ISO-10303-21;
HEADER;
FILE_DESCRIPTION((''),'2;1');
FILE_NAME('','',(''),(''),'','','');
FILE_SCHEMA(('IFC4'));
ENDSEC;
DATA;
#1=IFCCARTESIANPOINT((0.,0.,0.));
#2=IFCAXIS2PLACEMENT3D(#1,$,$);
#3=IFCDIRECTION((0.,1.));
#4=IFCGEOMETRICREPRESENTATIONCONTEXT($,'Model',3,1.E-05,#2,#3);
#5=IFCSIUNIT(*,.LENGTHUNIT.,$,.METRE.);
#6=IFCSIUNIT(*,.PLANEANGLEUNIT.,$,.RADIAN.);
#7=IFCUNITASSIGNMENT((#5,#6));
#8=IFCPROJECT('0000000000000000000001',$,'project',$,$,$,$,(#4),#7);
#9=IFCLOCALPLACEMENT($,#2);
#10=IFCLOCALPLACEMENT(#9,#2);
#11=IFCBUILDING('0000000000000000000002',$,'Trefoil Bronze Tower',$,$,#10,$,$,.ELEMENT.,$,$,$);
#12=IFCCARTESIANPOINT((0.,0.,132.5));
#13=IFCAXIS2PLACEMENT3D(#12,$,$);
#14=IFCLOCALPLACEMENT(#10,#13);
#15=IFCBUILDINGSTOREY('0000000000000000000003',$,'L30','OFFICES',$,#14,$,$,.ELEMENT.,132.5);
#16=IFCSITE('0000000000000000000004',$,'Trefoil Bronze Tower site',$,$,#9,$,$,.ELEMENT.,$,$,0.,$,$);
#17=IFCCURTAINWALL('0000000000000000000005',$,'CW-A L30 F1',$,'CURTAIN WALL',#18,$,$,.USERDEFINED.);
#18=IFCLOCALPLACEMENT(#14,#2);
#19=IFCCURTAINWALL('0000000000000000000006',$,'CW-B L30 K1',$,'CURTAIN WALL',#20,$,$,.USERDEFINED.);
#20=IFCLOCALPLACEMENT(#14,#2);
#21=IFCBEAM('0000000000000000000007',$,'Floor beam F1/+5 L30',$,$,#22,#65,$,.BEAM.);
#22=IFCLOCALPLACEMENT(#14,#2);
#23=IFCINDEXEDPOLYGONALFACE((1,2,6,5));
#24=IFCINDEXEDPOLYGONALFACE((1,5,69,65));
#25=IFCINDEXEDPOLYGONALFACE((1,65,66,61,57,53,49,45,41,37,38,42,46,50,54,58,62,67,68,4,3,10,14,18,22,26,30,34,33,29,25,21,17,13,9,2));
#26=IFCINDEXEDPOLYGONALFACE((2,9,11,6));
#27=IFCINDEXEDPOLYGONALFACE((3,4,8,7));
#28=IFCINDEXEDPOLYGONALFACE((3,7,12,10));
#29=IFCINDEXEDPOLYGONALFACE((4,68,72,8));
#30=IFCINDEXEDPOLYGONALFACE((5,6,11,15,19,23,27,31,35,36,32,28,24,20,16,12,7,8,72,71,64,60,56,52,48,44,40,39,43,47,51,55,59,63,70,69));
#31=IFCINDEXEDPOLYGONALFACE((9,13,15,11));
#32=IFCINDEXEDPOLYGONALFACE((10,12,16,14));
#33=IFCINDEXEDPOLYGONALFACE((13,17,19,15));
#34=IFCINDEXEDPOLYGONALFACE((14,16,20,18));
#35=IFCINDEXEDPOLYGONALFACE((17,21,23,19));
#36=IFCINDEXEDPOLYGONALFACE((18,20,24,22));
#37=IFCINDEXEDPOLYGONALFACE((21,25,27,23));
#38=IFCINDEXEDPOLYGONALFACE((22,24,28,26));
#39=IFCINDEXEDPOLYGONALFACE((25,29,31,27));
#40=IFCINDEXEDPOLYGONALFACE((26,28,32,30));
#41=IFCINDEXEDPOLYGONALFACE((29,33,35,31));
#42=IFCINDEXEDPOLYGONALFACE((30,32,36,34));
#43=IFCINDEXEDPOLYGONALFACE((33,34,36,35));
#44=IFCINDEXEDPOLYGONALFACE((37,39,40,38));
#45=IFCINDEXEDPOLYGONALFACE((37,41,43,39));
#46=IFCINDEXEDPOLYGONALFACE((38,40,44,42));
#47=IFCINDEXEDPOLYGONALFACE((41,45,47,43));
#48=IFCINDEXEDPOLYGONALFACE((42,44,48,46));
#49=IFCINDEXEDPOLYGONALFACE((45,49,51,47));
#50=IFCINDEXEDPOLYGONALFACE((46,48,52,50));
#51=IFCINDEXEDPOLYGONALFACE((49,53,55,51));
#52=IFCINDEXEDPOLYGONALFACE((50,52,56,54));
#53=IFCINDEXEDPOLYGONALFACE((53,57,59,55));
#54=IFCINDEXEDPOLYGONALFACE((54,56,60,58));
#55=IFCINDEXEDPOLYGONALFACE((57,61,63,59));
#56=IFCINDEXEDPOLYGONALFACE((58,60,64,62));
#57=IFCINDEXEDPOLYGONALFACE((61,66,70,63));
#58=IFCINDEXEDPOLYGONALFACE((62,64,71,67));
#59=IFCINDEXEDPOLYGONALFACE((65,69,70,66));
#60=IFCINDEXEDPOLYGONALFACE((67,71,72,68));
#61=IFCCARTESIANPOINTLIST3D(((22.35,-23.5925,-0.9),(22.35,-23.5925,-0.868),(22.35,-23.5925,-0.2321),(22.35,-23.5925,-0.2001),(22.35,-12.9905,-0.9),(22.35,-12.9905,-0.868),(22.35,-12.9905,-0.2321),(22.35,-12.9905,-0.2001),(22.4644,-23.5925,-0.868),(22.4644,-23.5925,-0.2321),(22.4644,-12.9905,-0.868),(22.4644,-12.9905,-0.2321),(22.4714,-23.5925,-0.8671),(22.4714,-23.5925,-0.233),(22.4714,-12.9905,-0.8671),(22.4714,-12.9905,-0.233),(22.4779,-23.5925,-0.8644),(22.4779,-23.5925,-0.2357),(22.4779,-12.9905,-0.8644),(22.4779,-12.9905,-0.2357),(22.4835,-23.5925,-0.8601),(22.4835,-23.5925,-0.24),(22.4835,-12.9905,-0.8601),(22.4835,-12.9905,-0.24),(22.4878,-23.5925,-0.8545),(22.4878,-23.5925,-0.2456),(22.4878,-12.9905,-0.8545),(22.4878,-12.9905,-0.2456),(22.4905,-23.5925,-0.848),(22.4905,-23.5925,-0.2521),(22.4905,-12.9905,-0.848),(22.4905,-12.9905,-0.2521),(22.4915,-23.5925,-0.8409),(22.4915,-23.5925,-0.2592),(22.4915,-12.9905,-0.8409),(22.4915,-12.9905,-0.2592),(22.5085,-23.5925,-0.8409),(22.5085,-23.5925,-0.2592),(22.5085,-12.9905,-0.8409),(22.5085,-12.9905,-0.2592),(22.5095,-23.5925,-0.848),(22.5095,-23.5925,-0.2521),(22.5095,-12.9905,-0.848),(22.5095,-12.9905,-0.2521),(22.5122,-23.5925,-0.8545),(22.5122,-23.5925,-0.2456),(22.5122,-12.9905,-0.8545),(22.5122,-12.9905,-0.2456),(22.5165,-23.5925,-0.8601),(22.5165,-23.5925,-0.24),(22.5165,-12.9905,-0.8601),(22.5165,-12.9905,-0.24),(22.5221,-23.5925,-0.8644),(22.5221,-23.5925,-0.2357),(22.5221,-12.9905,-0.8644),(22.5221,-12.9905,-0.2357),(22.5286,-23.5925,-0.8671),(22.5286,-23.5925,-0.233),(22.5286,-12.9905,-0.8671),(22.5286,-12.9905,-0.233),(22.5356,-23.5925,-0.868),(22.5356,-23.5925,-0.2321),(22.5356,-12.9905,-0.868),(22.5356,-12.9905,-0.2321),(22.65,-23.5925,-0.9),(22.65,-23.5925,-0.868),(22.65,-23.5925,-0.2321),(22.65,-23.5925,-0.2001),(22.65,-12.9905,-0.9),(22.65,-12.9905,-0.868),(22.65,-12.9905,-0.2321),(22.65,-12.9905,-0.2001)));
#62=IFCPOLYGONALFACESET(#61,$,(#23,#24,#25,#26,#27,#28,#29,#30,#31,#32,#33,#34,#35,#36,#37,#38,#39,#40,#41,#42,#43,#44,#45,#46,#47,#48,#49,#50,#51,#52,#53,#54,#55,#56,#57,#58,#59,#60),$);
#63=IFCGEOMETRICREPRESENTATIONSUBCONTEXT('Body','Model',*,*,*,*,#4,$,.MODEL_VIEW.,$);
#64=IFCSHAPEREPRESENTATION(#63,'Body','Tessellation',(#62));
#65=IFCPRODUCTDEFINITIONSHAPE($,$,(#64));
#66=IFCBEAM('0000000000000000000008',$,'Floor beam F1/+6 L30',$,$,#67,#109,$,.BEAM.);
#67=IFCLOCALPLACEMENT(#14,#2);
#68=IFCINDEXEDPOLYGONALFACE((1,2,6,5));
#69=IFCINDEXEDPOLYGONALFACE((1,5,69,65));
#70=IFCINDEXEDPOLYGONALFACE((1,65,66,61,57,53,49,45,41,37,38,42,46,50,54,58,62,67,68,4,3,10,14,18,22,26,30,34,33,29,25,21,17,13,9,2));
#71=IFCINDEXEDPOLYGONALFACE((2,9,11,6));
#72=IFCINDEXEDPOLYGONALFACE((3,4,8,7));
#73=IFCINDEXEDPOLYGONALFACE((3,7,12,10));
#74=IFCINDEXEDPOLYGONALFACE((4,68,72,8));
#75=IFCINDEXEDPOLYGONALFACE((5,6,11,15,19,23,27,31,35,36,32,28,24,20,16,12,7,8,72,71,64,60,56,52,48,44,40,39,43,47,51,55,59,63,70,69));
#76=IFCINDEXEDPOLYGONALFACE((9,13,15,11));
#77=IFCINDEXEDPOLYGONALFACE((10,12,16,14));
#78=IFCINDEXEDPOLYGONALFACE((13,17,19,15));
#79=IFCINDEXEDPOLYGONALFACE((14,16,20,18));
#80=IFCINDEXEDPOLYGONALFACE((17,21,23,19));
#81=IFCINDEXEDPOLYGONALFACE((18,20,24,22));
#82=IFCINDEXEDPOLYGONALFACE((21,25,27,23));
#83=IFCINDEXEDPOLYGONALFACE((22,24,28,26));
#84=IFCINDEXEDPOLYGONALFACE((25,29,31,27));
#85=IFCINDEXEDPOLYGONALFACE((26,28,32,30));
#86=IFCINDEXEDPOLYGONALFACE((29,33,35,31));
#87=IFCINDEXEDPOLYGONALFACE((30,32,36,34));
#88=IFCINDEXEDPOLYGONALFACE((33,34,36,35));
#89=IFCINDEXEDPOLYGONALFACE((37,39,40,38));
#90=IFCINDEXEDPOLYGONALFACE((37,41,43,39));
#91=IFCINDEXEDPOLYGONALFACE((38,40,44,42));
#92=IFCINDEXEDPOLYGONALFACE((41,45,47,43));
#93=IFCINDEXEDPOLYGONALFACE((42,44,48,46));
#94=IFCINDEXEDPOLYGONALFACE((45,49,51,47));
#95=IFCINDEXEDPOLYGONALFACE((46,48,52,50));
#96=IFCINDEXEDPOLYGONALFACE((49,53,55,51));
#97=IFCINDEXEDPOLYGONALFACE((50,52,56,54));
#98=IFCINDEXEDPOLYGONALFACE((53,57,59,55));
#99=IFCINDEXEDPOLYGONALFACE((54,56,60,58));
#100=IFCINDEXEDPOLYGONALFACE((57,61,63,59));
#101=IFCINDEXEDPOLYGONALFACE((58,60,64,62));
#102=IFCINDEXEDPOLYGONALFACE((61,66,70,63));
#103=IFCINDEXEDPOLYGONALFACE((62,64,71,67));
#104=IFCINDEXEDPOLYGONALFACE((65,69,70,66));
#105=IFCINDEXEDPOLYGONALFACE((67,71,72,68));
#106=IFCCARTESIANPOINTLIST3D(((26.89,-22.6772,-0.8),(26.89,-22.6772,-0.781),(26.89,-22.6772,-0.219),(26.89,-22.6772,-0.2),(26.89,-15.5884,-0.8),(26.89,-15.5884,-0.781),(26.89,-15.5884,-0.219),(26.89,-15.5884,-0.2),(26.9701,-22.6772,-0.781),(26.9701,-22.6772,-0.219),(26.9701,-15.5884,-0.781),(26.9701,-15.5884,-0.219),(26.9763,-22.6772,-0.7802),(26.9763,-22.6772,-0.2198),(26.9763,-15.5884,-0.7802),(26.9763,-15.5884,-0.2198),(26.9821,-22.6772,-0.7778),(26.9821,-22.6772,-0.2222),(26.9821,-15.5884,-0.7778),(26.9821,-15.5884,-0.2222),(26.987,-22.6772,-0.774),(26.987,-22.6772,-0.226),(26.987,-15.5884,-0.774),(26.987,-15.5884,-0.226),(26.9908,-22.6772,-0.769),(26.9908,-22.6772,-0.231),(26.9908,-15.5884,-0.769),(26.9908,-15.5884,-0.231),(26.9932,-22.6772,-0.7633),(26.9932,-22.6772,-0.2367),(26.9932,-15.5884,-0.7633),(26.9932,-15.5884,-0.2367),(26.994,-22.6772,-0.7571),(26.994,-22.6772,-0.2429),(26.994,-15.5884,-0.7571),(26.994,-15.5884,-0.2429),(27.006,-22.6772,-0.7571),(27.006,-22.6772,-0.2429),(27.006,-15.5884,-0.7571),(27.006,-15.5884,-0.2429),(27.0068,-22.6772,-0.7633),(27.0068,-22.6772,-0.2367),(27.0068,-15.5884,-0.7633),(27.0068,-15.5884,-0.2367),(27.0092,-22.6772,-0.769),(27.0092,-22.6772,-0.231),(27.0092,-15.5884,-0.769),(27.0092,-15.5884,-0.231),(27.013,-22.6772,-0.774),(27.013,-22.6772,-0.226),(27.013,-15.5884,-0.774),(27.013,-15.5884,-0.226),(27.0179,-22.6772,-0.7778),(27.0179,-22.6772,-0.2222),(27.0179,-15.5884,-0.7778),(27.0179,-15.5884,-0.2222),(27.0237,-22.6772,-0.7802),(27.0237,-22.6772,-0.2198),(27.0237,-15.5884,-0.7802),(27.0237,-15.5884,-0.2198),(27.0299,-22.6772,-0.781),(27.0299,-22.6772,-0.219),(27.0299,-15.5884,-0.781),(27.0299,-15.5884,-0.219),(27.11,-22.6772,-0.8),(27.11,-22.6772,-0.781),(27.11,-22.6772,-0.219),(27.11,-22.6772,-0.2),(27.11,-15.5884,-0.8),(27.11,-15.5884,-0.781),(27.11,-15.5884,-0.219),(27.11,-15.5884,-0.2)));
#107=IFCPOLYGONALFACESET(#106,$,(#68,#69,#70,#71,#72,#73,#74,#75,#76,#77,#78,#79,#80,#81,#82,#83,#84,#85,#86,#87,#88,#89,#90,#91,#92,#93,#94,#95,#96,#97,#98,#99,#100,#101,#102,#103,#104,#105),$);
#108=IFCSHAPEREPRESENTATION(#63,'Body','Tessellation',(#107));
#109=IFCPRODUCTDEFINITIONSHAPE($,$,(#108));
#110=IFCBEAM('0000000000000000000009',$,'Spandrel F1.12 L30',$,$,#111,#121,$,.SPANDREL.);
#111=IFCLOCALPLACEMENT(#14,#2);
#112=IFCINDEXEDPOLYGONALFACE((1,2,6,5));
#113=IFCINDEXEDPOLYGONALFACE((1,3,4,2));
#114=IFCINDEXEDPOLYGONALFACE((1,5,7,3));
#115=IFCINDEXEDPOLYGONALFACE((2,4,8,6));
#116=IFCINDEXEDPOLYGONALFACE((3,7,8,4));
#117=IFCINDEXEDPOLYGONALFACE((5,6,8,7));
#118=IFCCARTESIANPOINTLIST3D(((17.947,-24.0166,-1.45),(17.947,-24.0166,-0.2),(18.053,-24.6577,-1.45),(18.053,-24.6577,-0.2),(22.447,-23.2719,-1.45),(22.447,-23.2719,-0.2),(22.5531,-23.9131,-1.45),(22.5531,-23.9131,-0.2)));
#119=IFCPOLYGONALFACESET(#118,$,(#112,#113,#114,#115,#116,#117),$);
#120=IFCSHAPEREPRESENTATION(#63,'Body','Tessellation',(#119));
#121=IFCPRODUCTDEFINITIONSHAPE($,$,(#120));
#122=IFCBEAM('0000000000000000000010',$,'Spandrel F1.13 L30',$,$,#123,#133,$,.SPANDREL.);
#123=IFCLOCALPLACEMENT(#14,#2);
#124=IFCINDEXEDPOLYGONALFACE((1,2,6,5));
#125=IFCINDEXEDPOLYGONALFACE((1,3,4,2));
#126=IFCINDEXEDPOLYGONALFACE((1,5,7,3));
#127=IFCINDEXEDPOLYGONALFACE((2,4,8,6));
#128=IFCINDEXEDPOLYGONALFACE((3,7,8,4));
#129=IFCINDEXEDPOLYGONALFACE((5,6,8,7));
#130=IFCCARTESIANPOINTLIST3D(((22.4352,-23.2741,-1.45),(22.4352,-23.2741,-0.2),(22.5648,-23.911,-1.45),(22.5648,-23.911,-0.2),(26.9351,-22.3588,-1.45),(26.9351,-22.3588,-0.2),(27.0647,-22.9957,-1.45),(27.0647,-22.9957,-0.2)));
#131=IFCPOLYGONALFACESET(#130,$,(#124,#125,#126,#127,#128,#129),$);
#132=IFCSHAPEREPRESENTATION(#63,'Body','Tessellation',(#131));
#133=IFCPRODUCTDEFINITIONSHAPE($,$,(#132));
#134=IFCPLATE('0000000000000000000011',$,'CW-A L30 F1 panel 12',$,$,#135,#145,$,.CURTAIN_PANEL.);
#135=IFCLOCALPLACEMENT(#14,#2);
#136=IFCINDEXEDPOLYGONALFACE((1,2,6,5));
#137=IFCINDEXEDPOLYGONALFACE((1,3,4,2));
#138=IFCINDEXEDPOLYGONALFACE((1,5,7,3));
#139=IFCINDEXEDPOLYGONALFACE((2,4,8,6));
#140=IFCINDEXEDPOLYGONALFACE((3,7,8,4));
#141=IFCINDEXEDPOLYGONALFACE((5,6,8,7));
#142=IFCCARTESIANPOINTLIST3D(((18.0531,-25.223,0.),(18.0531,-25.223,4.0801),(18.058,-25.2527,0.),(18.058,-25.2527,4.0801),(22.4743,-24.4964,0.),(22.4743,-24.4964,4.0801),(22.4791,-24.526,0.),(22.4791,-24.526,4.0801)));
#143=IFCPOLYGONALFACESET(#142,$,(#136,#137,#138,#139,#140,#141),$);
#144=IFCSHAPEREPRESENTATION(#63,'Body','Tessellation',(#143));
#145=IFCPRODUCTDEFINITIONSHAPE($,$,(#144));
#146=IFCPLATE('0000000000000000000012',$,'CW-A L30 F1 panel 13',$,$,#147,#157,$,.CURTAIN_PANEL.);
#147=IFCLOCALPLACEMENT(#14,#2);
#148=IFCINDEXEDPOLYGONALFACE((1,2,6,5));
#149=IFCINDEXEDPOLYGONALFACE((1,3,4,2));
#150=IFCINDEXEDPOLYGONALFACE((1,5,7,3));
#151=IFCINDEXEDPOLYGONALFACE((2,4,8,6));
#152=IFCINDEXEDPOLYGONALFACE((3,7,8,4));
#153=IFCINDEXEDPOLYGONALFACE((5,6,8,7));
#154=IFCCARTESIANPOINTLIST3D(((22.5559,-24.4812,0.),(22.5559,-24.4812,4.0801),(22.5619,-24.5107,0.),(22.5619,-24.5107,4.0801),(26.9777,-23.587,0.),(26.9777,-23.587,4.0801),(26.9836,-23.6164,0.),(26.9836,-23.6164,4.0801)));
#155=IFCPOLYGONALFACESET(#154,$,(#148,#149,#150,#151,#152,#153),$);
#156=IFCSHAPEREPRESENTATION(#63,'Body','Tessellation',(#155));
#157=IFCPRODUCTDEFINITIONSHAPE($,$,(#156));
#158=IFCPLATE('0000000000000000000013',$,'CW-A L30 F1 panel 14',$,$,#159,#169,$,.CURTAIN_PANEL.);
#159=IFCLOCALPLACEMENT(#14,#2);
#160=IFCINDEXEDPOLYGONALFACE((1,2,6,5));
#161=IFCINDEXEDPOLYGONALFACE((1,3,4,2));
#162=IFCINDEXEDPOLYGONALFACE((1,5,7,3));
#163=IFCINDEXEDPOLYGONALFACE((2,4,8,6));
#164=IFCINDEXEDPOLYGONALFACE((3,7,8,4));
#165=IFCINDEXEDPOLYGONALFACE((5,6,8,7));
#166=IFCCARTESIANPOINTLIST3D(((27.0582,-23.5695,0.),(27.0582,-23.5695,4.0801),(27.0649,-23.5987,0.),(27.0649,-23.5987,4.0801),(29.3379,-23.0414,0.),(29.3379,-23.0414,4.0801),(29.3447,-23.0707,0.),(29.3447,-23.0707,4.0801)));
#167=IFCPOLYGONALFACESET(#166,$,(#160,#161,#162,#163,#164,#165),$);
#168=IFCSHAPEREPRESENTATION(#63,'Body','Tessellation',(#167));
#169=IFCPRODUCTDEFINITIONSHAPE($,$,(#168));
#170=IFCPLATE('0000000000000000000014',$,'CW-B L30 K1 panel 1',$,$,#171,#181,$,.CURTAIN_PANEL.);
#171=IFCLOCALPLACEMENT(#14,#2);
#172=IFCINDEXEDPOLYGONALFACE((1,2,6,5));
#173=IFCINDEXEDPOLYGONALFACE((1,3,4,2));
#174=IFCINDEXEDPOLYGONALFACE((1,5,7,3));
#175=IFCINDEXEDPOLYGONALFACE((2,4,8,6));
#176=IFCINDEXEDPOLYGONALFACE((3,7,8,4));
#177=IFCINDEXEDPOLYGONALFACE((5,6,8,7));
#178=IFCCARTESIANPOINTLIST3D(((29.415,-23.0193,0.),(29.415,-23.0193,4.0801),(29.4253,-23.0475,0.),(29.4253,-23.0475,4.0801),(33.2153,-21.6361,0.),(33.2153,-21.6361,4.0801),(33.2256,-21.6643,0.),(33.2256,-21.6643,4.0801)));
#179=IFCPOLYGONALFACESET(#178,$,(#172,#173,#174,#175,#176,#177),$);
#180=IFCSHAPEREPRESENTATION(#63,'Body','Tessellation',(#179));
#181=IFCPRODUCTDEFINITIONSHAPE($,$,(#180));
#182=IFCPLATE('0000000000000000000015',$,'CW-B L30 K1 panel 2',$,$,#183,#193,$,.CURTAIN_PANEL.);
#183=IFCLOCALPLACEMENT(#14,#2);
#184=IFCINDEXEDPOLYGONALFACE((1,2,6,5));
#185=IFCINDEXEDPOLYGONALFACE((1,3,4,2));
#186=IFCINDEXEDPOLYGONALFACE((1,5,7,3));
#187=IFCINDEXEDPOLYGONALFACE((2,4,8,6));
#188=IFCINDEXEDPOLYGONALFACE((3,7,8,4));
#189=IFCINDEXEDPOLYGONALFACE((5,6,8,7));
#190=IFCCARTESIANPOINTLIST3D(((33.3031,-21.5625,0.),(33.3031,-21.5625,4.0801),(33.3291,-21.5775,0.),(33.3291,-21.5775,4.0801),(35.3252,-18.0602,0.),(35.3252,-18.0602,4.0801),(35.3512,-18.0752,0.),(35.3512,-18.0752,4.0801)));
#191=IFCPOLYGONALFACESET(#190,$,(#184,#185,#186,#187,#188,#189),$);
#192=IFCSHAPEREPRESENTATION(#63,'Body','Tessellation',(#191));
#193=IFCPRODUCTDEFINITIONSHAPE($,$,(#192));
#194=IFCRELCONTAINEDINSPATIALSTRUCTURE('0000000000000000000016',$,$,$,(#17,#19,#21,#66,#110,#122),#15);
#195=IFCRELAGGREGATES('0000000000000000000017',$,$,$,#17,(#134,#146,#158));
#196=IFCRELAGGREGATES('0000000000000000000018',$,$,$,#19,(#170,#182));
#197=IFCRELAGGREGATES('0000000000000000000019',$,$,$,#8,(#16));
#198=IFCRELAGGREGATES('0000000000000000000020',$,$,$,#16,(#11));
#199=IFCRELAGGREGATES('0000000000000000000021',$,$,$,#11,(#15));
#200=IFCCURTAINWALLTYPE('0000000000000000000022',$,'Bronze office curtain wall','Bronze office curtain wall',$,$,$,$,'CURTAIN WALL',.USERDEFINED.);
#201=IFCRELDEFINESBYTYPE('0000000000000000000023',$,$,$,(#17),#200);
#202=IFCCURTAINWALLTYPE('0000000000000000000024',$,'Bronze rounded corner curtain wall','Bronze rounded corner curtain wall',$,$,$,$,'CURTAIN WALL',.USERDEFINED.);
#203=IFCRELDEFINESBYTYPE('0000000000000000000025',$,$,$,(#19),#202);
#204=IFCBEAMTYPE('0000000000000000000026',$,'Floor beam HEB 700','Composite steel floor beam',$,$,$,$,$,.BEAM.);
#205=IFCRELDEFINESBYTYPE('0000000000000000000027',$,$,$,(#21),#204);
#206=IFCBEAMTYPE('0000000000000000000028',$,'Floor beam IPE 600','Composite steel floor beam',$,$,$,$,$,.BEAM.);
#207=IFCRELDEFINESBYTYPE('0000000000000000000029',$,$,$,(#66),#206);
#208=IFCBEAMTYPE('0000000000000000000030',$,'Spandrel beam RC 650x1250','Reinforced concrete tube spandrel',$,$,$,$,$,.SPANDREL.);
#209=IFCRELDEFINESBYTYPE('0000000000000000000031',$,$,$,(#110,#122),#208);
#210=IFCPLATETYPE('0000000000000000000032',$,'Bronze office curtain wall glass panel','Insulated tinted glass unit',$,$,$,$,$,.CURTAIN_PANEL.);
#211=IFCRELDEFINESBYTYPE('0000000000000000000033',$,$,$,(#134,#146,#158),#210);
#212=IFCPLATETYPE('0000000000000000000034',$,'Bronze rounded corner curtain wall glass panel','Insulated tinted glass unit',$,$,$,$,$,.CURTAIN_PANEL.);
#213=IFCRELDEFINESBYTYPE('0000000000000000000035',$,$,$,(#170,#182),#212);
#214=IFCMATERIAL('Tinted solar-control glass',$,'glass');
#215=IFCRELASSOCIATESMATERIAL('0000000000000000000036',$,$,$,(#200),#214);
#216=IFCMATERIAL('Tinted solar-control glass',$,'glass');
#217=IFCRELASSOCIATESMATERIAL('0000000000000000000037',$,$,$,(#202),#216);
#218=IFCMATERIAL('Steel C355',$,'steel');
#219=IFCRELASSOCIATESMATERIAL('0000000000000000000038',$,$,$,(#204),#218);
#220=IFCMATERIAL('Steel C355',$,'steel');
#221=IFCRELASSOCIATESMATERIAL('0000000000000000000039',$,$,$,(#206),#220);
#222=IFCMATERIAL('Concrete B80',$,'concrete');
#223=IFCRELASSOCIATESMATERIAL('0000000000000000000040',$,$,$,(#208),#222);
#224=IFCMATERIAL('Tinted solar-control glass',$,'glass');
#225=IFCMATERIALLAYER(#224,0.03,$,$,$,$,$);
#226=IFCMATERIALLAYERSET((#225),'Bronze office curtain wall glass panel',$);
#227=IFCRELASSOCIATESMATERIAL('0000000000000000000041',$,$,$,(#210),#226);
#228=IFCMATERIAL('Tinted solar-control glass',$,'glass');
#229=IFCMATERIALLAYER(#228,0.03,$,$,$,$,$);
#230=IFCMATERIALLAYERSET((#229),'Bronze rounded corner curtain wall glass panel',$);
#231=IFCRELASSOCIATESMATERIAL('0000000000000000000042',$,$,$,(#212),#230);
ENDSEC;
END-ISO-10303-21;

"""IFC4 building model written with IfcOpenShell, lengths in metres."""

from ifc_helpers import new_model, si_unit, direction, frame, origin, origin_2d, place, context, subcontext, project, spatial, rectangle, i_section, extrude, material, layer, layer_set, material_profile, profile_set, type_object, element, aggregate, save


model = new_model("IFC4")

# Units and contexts
model_context = context("Model", 3, precision=1e-05, world=origin(), true_north=direction((0.0, 1.0)))
body_context = subcontext(model_context, "Body", "Model", "MODEL_VIEW")
ifc_project = project(units=[si_unit("LENGTHUNIT", "METRE"), si_unit("PLANEANGLEUNIT", "RADIAN")], contexts=[model_context])

# Site, building, storey
site_placement = place(None, origin())
site = spatial("IfcSite", under=ifc_project, at=site_placement, Name="Trefoil Bronze Tower site", CompositionType="ELEMENT", RefElevation=0.0)
building_placement = place(site_placement, origin())
building = spatial("IfcBuilding", under=site, at=building_placement, Name="Trefoil Bronze Tower", CompositionType="ELEMENT")
storey_placement = place(building_placement, frame((0.0, 0.0, 132.5)))
storey = spatial("IfcBuildingStorey", under=building, at=storey_placement, Name="L30", Description="OFFICES", CompositionType="ELEMENT", Elevation=132.5)

# Curtain walls
ifc_material_1 = material(Name="Tinted solar-control glass", Category="glass")
curtain_wall_type_1 = type_object("IfcCurtainWallType", Name="Bronze office curtain wall", Description="Bronze office curtain wall", ElementType="CURTAIN WALL", PredefinedType="USERDEFINED", material=ifc_material_1)
curtain_wall_1_placement = place(storey_placement, origin())
curtain_wall_1 = element("IfcCurtainWall", 1, at=curtain_wall_1_placement, inside=storey, type_object=curtain_wall_type_1, Name="CW-A L30 F1", ObjectType="CURTAIN WALL", PredefinedType="USERDEFINED")
ifc_material_2 = material(Name="Tinted solar-control glass", Category="glass")
curtain_wall_type_2 = type_object("IfcCurtainWallType", Name="Bronze rounded corner curtain wall", Description="Bronze rounded corner curtain wall", ElementType="CURTAIN WALL", PredefinedType="USERDEFINED", material=ifc_material_2)
curtain_wall_2_placement = place(storey_placement, origin())
curtain_wall_2 = element("IfcCurtainWall", 2, at=curtain_wall_2_placement, inside=storey, type_object=curtain_wall_type_2, Name="CW-B L30 K1", ObjectType="CURTAIN WALL", PredefinedType="USERDEFINED")

# Beams
ifc_material_3 = material(Name="Steel C355", Category="steel")
ifc_material_profile_1 = material_profile(ifc_material_3, i_section(OverallWidth=0.3, OverallDepth=0.7, WebThickness=0.0171, FlangeThickness=0.032, FilletRadius=0.0271, at=origin_2d()), Name="HEB 700")
ifc_profile_set_1 = profile_set([ifc_material_profile_1], Name="Steel C355")
beam_type_1 = type_object("IfcBeamType", Name="Floor beam HEB 700", Description="Composite steel floor beam", PredefinedType="BEAM", material=ifc_profile_set_1)
beam_1_placement = place(storey_placement, frame((22.5, -23.5925, -0.55), z_axis=(0.0, 1.0, 0.0), x_axis=(-1.0, 0.0, 0.0)))
element("IfcBeam", 3, at=beam_1_placement, inside=storey, type_object=beam_type_1, Name="Floor beam F1/+5 L30", PredefinedType="BEAM", context=body_context, shape_type="SweptSolid", body=[
    extrude(i_section(OverallWidth=0.3, OverallDepth=0.7, WebThickness=0.0171, FlangeThickness=0.032, FilletRadius=0.0271, at=origin_2d()), origin(), (0.0, 0.0, 1.0), 10.6021),
])
ifc_material_4 = material(Name="Steel C355", Category="steel")
ifc_material_profile_2 = material_profile(ifc_material_4, i_section(OverallWidth=0.22, OverallDepth=0.6001, WebThickness=0.012, FlangeThickness=0.019, FilletRadius=0.0239, at=origin_2d()), Name="IPE 600")
ifc_profile_set_2 = profile_set([ifc_material_profile_2], Name="Steel C355")
beam_type_2 = type_object("IfcBeamType", Name="Floor beam IPE 600", Description="Composite steel floor beam", PredefinedType="BEAM", material=ifc_profile_set_2)
beam_2_placement = place(storey_placement, frame((27.0, -22.6772, -0.5), z_axis=(0.0, 1.0, 0.0), x_axis=(-1.0, 0.0, 0.0)))
element("IfcBeam", 4, at=beam_2_placement, inside=storey, type_object=beam_type_2, Name="Floor beam F1/+6 L30", PredefinedType="BEAM", context=body_context, shape_type="SweptSolid", body=[
    extrude(i_section(OverallWidth=0.22, OverallDepth=0.6001, WebThickness=0.012, FlangeThickness=0.019, FilletRadius=0.0239, at=origin_2d()), origin(), (0.0, 0.0, 1.0), 7.0889),
])
ifc_material_5 = material(Name="Concrete B80", Category="concrete")
ifc_material_profile_3 = material_profile(ifc_material_5, rectangle(XDim=0.6499, YDim=1.25, at=origin_2d()), Name="RC 650x1250")
ifc_profile_set_3 = profile_set([ifc_material_profile_3], Name="Concrete B80")
beam_type_3 = type_object("IfcBeamType", Name="Spandrel beam RC 650x1250", Description="Reinforced concrete tube spandrel", PredefinedType="SPANDREL", material=ifc_profile_set_3)
beam_3_placement = place(storey_placement, frame((18.0, -24.3372, -0.825), z_axis=(0.986584, 0.163253, 0.0), x_axis=(-0.163253, 0.986584, 0.0)))
element("IfcBeam", 5, at=beam_3_placement, inside=storey, type_object=beam_type_3, Name="Spandrel F1.12 L30", PredefinedType="SPANDREL", context=body_context, shape_type="SweptSolid", body=[
    extrude(rectangle(XDim=0.6499, YDim=1.25, at=origin_2d()), origin(), (0.0, 0.0, 1.0), 4.5613),
])
beam_4_placement = place(storey_placement, frame((22.5, -23.5925, -0.825), z_axis=(0.979935, 0.199315, 0.0), x_axis=(-0.199315, 0.979935, 0.0)))
element("IfcBeam", 6, at=beam_4_placement, inside=storey, type_object=beam_type_3, Name="Spandrel F1.13 L30", PredefinedType="SPANDREL", context=body_context, shape_type="SweptSolid", body=[
    extrude(rectangle(XDim=0.6499, YDim=1.25, at=origin_2d()), origin(), (0.0, 0.0, 1.0), 4.592),
])

# Plates
ifc_material_6 = material(Name="Tinted solar-control glass", Category="glass")
ifc_layer_1 = layer(ifc_material_6, 0.03)
ifc_layer_set_1 = layer_set([ifc_layer_1], Name="Bronze office curtain wall glass panel")
plate_type_1 = type_object("IfcPlateType", Name="Bronze office curtain wall glass panel", Description="Insulated tinted glass unit", PredefinedType="CURTAIN_PANEL", material=ifc_layer_set_1)
plate_1_placement = place(storey_placement, frame((20.2661, -24.8745, 0.0), z_axis=(0.0, 0.0, 1.0), x_axis=(0.98676, 0.162189, 0.0)))
plate_1 = element("IfcPlate", 7, at=plate_1_placement, type_object=plate_type_1, Name="CW-A L30 F1 panel 12", PredefinedType="CURTAIN_PANEL", context=body_context, shape_type="SweptSolid", body=[
    extrude(rectangle(XDim=4.4805, YDim=0.03, at=origin_2d()), origin(), (0.0, 0.0, 1.0), 4.0801),
])
plate_2_placement = place(storey_placement, frame((24.7698, -24.0488, 0.0), z_axis=(0.0, 0.0, 1.0), x_axis=(0.980155, 0.198232, 0.0)))
plate_2 = element("IfcPlate", 8, at=plate_2_placement, type_object=plate_type_1, Name="CW-A L30 F1 panel 13", PredefinedType="CURTAIN_PANEL", context=body_context, shape_type="SweptSolid", body=[
    extrude(rectangle(XDim=4.5112, YDim=0.03, at=origin_2d()), origin(), (0.0, 0.0, 1.0), 4.0801),
])
plate_3_placement = place(storey_placement, frame((28.2014, -23.3201, 0.0), z_axis=(0.0, 0.0, 1.0), x_axis=(0.974204, 0.225667, 0.0)))
plate_3 = element("IfcPlate", 9, at=plate_3_placement, type_object=plate_type_1, Name="CW-A L30 F1 panel 14", PredefinedType="CURTAIN_PANEL", context=body_context, shape_type="SweptSolid", body=[
    extrude(rectangle(XDim=2.3401, YDim=0.03, at=origin_2d()), origin(), (0.0, 0.0, 1.0), 4.0801),
])
aggregate(curtain_wall_1, [plate_1, plate_2, plate_3])
ifc_material_7 = material(Name="Tinted solar-control glass", Category="glass")
ifc_layer_2 = layer(ifc_material_7, 0.03)
ifc_layer_set_2 = layer_set([ifc_layer_2], Name="Bronze rounded corner curtain wall glass panel")
plate_type_2 = type_object("IfcPlateType", Name="Bronze rounded corner curtain wall glass panel", Description="Insulated tinted glass unit", PredefinedType="CURTAIN_PANEL", material=ifc_layer_set_2)
plate_4_placement = place(storey_placement, frame((31.3203, -22.3418, 0.0), z_axis=(0.0, 0.0, 1.0), x_axis=(0.939693, 0.34202, 0.0)))
plate_4 = element("IfcPlate", 10, at=plate_4_placement, type_object=plate_type_2, Name="CW-B L30 K1 panel 1", PredefinedType="CURTAIN_PANEL", context=body_context, shape_type="SweptSolid", body=[
    extrude(rectangle(XDim=4.0442, YDim=0.03, at=origin_2d()), origin(), (0.0, 0.0, 1.0), 4.0801),
])
plate_5_placement = place(storey_placement, frame((34.3271, -19.8188, 0.0), z_axis=(0.0, 0.0, 1.0), x_axis=(0.5, 0.866025, 0.0)))
plate_5 = element("IfcPlate", 11, at=plate_5_placement, type_object=plate_type_2, Name="CW-B L30 K1 panel 2", PredefinedType="CURTAIN_PANEL", context=body_context, shape_type="SweptSolid", body=[
    extrude(rectangle(XDim=4.0442, YDim=0.03, at=origin_2d()), origin(), (0.0, 0.0, 1.0), 4.0801),
])
aggregate(curtain_wall_2, [plate_4, plate_5])

save(model, "model.ifc")
